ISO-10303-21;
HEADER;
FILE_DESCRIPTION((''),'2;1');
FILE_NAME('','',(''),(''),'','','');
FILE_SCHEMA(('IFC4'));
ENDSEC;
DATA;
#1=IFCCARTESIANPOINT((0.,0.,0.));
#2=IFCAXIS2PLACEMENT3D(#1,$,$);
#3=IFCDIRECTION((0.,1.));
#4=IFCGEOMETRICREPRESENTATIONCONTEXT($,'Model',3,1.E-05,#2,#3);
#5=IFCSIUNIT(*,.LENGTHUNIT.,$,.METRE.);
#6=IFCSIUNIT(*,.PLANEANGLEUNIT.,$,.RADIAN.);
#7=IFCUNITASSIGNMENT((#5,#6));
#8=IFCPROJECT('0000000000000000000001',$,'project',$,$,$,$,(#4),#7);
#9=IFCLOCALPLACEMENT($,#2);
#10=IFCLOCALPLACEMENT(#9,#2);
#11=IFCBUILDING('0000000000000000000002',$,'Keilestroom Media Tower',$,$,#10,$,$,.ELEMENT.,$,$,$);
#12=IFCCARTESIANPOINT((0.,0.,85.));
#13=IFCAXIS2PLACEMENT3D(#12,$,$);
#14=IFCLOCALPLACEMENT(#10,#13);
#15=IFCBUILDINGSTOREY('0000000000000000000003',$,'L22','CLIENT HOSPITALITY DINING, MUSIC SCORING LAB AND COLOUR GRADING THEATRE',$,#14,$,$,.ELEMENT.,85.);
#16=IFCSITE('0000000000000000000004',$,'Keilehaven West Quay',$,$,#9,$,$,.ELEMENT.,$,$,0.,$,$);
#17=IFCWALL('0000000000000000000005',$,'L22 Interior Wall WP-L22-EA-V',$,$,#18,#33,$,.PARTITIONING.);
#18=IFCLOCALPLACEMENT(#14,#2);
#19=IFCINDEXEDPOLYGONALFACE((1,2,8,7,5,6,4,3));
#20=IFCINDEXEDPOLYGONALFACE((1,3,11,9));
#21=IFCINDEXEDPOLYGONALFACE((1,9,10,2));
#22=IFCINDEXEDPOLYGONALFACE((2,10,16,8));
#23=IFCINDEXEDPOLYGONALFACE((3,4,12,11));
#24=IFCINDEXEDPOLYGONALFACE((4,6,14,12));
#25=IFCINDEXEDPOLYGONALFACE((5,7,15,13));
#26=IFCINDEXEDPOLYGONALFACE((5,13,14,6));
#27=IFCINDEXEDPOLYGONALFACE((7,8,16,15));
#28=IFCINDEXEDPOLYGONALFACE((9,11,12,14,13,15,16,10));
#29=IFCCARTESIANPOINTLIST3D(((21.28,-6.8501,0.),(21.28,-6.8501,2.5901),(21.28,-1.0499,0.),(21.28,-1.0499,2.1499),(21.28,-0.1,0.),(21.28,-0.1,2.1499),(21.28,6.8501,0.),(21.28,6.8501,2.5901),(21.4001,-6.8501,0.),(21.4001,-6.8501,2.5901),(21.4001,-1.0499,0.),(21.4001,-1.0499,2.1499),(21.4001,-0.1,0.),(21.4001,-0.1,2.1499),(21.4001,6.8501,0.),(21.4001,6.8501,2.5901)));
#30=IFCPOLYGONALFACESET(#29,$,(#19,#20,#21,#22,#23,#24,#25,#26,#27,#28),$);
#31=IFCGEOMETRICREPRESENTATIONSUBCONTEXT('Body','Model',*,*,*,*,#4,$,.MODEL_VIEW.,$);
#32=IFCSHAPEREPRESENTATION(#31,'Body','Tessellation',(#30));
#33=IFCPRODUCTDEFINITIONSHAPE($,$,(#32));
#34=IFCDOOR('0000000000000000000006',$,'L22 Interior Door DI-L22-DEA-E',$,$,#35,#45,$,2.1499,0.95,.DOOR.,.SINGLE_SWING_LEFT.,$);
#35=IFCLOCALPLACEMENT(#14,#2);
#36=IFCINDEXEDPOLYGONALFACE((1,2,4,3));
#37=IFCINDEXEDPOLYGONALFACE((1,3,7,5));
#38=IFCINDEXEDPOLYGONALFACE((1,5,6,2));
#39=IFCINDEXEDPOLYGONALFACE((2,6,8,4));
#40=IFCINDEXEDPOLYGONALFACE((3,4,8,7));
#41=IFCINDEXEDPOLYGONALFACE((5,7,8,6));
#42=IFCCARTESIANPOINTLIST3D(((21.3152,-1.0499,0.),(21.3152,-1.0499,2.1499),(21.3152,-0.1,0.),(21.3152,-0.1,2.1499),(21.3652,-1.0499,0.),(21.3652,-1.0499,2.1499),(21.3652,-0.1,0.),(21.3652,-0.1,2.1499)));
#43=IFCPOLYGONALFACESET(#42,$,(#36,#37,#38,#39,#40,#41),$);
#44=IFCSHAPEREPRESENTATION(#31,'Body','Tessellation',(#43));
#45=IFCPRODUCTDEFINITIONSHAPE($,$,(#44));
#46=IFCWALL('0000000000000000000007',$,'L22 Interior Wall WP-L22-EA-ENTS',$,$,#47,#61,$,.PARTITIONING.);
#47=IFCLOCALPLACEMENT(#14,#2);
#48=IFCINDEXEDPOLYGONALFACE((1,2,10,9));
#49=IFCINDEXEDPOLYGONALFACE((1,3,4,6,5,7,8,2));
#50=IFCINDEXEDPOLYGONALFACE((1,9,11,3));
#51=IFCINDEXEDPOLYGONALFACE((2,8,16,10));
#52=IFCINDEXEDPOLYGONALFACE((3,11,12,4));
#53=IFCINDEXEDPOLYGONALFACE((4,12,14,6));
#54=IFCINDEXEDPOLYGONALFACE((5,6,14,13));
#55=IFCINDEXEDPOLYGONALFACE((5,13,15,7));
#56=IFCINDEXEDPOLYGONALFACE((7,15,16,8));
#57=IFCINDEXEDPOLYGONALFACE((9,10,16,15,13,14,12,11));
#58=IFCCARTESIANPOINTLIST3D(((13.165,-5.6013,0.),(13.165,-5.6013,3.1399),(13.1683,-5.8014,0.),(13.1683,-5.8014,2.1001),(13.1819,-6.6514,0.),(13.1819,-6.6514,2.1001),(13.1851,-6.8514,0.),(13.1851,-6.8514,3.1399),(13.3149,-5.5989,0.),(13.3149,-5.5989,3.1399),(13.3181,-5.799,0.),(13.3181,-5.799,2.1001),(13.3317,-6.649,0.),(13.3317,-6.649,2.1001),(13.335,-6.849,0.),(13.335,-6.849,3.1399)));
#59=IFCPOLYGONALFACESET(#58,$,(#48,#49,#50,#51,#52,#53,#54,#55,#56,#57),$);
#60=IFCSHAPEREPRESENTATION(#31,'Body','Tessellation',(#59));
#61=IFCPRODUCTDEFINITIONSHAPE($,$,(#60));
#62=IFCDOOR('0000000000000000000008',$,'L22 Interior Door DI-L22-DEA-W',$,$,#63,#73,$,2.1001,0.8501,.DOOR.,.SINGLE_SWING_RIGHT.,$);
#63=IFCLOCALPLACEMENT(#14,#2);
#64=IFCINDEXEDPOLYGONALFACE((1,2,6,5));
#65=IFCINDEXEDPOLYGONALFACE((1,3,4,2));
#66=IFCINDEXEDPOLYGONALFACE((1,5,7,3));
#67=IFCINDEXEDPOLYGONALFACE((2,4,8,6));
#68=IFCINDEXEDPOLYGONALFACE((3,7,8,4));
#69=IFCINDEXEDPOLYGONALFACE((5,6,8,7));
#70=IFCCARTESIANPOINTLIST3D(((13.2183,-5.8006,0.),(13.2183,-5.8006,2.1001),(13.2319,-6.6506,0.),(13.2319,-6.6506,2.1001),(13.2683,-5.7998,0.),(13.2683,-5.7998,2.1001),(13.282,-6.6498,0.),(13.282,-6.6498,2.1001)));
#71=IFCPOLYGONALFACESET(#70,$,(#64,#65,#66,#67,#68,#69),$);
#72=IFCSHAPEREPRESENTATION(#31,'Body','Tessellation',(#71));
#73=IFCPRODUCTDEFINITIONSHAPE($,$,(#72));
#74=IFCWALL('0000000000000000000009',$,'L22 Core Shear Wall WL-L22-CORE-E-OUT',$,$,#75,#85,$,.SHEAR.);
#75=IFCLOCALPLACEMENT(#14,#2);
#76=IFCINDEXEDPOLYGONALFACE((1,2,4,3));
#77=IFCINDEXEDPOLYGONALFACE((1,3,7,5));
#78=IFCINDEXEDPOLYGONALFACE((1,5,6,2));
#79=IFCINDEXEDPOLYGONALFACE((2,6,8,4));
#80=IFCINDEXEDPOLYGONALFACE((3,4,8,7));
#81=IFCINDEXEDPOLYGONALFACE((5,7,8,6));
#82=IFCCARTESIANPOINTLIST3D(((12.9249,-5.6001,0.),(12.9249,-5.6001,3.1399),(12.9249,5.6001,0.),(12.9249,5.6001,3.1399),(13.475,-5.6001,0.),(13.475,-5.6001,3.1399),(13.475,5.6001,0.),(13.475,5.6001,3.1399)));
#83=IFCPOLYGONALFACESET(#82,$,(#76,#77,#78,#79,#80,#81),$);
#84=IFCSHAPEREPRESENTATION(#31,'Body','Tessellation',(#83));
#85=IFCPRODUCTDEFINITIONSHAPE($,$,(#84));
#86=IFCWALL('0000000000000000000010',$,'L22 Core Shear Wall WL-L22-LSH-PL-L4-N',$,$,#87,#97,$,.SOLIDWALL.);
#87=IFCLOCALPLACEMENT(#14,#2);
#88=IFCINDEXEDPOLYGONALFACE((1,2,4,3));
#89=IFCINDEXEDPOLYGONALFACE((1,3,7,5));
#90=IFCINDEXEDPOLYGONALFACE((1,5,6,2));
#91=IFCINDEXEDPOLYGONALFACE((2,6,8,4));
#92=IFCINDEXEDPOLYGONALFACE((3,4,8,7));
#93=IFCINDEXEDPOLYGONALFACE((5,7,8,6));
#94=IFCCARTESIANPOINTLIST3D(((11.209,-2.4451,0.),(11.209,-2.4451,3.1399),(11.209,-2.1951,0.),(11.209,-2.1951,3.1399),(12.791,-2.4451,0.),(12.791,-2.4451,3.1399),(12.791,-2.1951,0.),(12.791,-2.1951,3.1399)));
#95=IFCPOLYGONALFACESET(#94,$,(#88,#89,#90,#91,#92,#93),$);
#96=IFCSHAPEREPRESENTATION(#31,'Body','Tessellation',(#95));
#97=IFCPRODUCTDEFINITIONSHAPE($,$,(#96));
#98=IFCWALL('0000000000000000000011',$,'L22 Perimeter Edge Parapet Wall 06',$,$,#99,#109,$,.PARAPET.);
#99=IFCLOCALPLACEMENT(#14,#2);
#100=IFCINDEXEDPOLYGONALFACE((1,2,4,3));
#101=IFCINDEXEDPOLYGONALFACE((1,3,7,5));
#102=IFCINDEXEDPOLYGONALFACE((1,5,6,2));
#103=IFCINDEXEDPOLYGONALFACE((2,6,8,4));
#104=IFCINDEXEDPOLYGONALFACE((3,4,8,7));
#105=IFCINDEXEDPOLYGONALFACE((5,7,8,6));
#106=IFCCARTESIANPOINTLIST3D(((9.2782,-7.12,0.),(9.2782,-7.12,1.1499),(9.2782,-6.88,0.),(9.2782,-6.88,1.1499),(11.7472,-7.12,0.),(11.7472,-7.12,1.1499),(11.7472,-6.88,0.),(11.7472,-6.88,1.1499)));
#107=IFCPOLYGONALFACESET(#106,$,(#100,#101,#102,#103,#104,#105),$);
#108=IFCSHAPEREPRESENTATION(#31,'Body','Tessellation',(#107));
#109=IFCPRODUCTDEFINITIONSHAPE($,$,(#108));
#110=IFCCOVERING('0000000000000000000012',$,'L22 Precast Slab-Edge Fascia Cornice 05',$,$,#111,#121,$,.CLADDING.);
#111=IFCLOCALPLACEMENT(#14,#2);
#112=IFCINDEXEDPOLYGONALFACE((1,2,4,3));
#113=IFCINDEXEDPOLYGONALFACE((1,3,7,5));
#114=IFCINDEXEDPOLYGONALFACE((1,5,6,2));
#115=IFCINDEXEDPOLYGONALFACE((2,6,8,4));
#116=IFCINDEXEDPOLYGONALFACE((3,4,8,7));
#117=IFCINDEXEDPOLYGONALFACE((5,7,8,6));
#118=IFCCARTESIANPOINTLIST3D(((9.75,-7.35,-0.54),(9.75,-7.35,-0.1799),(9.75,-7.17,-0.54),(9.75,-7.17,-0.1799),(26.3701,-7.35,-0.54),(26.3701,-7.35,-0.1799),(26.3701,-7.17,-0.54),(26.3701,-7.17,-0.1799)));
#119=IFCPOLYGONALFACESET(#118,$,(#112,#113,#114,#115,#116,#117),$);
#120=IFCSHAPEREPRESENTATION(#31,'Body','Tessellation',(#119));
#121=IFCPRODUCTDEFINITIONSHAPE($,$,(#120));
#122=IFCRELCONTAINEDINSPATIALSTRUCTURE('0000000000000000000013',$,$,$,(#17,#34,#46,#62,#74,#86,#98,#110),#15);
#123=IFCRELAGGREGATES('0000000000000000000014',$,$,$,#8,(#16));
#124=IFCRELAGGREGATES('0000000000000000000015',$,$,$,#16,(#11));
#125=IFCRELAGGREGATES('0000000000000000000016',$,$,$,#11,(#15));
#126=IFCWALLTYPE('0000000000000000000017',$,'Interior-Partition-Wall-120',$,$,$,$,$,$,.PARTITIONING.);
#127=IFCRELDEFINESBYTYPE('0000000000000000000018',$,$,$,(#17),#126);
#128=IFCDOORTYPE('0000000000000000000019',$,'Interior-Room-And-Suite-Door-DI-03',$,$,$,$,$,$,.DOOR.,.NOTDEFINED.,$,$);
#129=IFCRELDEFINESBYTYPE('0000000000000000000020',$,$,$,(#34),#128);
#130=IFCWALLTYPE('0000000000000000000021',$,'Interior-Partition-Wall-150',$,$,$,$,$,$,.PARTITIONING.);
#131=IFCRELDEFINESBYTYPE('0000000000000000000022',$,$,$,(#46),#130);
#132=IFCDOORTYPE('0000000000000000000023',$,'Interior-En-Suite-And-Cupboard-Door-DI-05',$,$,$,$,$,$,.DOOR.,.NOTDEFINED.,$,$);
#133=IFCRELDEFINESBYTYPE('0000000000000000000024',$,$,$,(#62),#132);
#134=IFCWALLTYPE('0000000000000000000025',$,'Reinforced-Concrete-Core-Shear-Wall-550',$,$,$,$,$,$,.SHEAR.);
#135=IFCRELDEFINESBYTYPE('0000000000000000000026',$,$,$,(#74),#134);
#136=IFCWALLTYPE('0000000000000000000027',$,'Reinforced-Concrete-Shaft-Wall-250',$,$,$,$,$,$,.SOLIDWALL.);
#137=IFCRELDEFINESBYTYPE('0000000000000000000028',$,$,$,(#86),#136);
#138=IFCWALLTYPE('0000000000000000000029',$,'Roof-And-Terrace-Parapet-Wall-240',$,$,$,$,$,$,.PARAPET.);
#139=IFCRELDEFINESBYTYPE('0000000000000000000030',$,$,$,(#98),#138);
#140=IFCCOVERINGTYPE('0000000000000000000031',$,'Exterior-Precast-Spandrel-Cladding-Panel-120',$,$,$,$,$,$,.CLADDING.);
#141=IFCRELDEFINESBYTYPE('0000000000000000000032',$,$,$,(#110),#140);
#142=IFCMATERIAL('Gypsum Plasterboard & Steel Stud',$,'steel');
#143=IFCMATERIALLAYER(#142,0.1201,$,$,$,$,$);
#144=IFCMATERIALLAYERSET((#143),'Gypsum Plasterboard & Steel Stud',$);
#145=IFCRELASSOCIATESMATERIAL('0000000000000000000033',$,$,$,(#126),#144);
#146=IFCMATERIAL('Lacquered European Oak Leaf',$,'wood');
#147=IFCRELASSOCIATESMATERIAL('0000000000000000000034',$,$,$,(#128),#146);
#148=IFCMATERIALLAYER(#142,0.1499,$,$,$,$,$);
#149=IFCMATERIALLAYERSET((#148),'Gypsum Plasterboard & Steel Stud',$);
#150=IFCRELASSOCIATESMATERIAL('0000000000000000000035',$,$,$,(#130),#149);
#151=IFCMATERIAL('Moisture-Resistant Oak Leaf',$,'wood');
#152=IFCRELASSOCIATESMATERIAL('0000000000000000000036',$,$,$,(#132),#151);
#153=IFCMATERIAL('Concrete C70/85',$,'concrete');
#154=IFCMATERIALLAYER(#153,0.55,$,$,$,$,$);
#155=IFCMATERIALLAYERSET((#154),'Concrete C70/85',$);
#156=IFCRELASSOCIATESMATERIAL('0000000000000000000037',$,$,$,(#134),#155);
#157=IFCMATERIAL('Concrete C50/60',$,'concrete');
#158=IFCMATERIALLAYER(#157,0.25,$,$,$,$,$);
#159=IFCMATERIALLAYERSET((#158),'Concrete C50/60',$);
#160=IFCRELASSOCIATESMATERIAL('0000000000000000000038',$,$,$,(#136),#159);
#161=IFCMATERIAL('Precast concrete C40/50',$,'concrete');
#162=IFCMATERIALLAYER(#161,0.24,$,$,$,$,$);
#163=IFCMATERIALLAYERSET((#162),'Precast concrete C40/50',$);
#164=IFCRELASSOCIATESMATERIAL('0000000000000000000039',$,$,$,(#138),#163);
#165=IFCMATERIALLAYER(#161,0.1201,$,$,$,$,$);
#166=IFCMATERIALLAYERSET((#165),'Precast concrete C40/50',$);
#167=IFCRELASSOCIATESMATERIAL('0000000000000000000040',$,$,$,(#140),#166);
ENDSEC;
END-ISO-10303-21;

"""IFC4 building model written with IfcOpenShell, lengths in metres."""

from ifc_helpers import new_model, si_unit, direction, frame, frame_2d, origin, origin_2d, place, context, subcontext, project, spatial, rectangle, extrude, source, transform, mapped, material, layer, layer_set, type_object, element, fill, save


model = new_model("IFC4")

# Units and contexts
model_context = context("Model", 3, precision=1e-05, world=origin(), true_north=direction((0.0, 1.0)))
body_context = subcontext(model_context, "Body", "Model", "MODEL_VIEW")
ifc_project = project(units=[si_unit("LENGTHUNIT", "METRE"), si_unit("PLANEANGLEUNIT", "RADIAN")], contexts=[model_context])

# Site, building, storey
site_placement = place(None, origin())
site = spatial("IfcSite", under=ifc_project, at=site_placement, Name="Keilehaven West Quay", CompositionType="ELEMENT", RefElevation=0.0)
building_placement = place(site_placement, origin())
building = spatial("IfcBuilding", under=site, at=building_placement, Name="Keilestroom Media Tower", CompositionType="ELEMENT")
storey_placement = place(building_placement, frame((0.0, 0.0, 85.0)))
storey = spatial("IfcBuildingStorey", under=building, at=storey_placement, Name="L22", Description="CLIENT HOSPITALITY DINING, MUSIC SCORING LAB AND COLOUR GRADING THEATRE", CompositionType="ELEMENT", Elevation=85.0)

# Shared definitions
ifc_material_1 = material(Name="Precast concrete C40/50", Category="concrete")

# Walls, openings, doors
ifc_material_2 = material(Name="Gypsum Plasterboard & Steel Stud", Category="steel")
ifc_layer_1 = layer(ifc_material_2, 0.1201)
ifc_layer_set_1 = layer_set([ifc_layer_1], Name="Gypsum Plasterboard & Steel Stud")
wall_type_1 = type_object("IfcWallType", Name="Interior-Partition-Wall-120", PredefinedType="PARTITIONING", material=ifc_layer_set_1)
wall_1_placement = place(storey_placement, frame((21.3401, -6.8501, 0.0), z_axis=(0.0, 0.0, 1.0), x_axis=(0.0, 1.0, 0.0)))
wall_1 = element("IfcWall", 1, at=wall_1_placement, inside=storey, type_object=wall_type_1, Name="L22 Interior Wall WP-L22-EA-V", PredefinedType="PARTITIONING", context=body_context, shape_type="SweptSolid", body=[
    extrude(rectangle(XDim=13.7002, YDim=0.1201, at=frame_2d((6.8501, 0.0))), origin(), (0.0, 0.0, 1.0), 2.5901),
])
opening_1_placement = place(wall_1_placement, frame((5.8, 0.0, 0.0)))
opening_1 = element("IfcOpeningElement", 2, at=opening_1_placement, cuts=wall_1, PredefinedType="OPENING", context=body_context, shape_type="SweptSolid", body=[
    extrude(rectangle(XDim=0.95, YDim=2.1499, at=frame_2d((0.4751, 1.075))), frame((0.0, 0.0701, 0.0), z_axis=(0.0, -1.0, 0.0), x_axis=(1.0, 0.0, 0.0)), (0.0, 0.0, 1.0), 0.1401),
])
ifc_material_3 = material(Name="Lacquered European Oak Leaf", Category="wood")
door_type_1 = type_object("IfcDoorType", Name="Interior-Room-And-Suite-Door-DI-03", OperationType="NOTDEFINED", PredefinedType="DOOR", material=ifc_material_3)
shared_shape_1 = source(origin(), body_context, "Body", "SweptSolid", [
    extrude(rectangle(XDim=0.95, YDim=2.1499, at=frame_2d((0.4751, 1.075))), frame((0.0, 0.0249, 0.0), z_axis=(0.0, -1.0, 0.0), x_axis=(1.0, 0.0, 0.0)), (0.0, 0.0, 1.0), 0.05),
])
door_1_placement = place(opening_1_placement, origin())
door_1 = element("IfcDoor", 3, at=door_1_placement, inside=storey, type_object=door_type_1, Name="L22 Interior Door DI-L22-DEA-E", OperationType="SINGLE_SWING_LEFT", OverallHeight=2.1499, OverallWidth=0.95, PredefinedType="DOOR", context=body_context, shape_type="MappedRepresentation", body=[
    mapped(shared_shape_1, transform((0.0, 0.0, 0.0), x_axis=(1.0, 0.0, 0.0), y_axis=(0.0, 1.0, 0.0), z_axis=(0.0, 0.0, 1.0), scale=1.0)),
])
fill(opening_1, door_1)
ifc_layer_2 = layer(ifc_material_2, 0.1499)
ifc_layer_set_2 = layer_set([ifc_layer_2], Name="Gypsum Plasterboard & Steel Stud")
wall_type_2 = type_object("IfcWallType", Name="Interior-Partition-Wall-150", PredefinedType="PARTITIONING", material=ifc_layer_set_2)
wall_2_placement = place(storey_placement, frame((13.26, -6.8501, 0.0), z_axis=(0.0, 0.0, 1.0), x_axis=(-0.016014, 0.999872, 0.0)))
wall_2 = element("IfcWall", 4, at=wall_2_placement, inside=storey, type_object=wall_type_2, Name="L22 Interior Wall WP-L22-EA-ENTS", PredefinedType="PARTITIONING", context=body_context, shape_type="SweptSolid", body=[
    extrude(rectangle(XDim=1.2502, YDim=0.1499, at=frame_2d((0.625, 0.0))), origin(), (0.0, 0.0, 1.0), 3.1399),
])
opening_2_placement = place(wall_2_placement, frame((0.2, 0.0, 0.0)))
opening_2 = element("IfcOpeningElement", 5, at=opening_2_placement, cuts=wall_2, PredefinedType="OPENING", context=body_context, shape_type="SweptSolid", body=[
    extrude(rectangle(XDim=0.8501, YDim=2.1001, at=frame_2d((0.425, 1.05))), frame((0.0, 0.085, 0.0), z_axis=(0.0, -1.0, 0.0), x_axis=(1.0, 0.0, 0.0)), (0.0, 0.0, 1.0), 0.1699),
])
ifc_material_4 = material(Name="Moisture-Resistant Oak Leaf", Category="wood")
door_type_2 = type_object("IfcDoorType", Name="Interior-En-Suite-And-Cupboard-Door-DI-05", OperationType="NOTDEFINED", PredefinedType="DOOR", material=ifc_material_4)
shared_shape_2 = source(origin(), body_context, "Body", "SweptSolid", [
    extrude(rectangle(XDim=0.8501, YDim=2.1001, at=frame_2d((0.425, 1.05))), frame((0.0, 0.0249, 0.0), z_axis=(0.0, -1.0, 0.0), x_axis=(1.0, 0.0, 0.0)), (0.0, 0.0, 1.0), 0.05),
])
door_2_placement = place(opening_2_placement, origin())
door_2 = element("IfcDoor", 6, at=door_2_placement, inside=storey, type_object=door_type_2, Name="L22 Interior Door DI-L22-DEA-W", OperationType="SINGLE_SWING_RIGHT", OverallHeight=2.1001, OverallWidth=0.8501, PredefinedType="DOOR", context=body_context, shape_type="MappedRepresentation", body=[
    mapped(shared_shape_2, transform((0.0, 0.0, 0.0), x_axis=(1.0, 0.0, 0.0), y_axis=(0.0, 1.0, 0.0), z_axis=(0.0, 0.0, 1.0), scale=1.0)),
])
fill(opening_2, door_2)

# Walls
ifc_material_5 = material(Name="Concrete C70/85", Category="concrete")
ifc_layer_3 = layer(ifc_material_5, 0.55)
ifc_layer_set_3 = layer_set([ifc_layer_3], Name="Concrete C70/85")
wall_type_3 = type_object("IfcWallType", Name="Reinforced-Concrete-Core-Shear-Wall-550", PredefinedType="SHEAR", material=ifc_layer_set_3)
wall_3_placement = place(storey_placement, frame((13.2, -5.6001, 0.0), z_axis=(0.0, 0.0, 1.0), x_axis=(0.0, 1.0, 0.0)))
element("IfcWall", 7, at=wall_3_placement, inside=storey, type_object=wall_type_3, Name="L22 Core Shear Wall WL-L22-CORE-E-OUT", PredefinedType="SHEAR", context=body_context, shape_type="SweptSolid", body=[
    extrude(rectangle(XDim=11.2002, YDim=0.55, at=frame_2d((5.6001, 0.0))), origin(), (0.0, 0.0, 1.0), 3.1399),
])
ifc_material_6 = material(Name="Concrete C50/60", Category="concrete")
ifc_layer_4 = layer(ifc_material_6, 0.25)
ifc_layer_set_4 = layer_set([ifc_layer_4], Name="Concrete C50/60")
wall_type_4 = type_object("IfcWallType", Name="Reinforced-Concrete-Shaft-Wall-250", PredefinedType="SOLIDWALL", material=ifc_layer_set_4)
wall_4_placement = place(storey_placement, frame((11.209, -2.3201, 0.0), z_axis=(0.0, 0.0, 1.0), x_axis=(1.0, 0.0, 0.0)))
element("IfcWall", 8, at=wall_4_placement, inside=storey, type_object=wall_type_4, Name="L22 Core Shear Wall WL-L22-LSH-PL-L4-N", PredefinedType="SOLIDWALL", context=body_context, shape_type="SweptSolid", body=[
    extrude(rectangle(XDim=1.582, YDim=0.25, at=frame_2d((0.791, 0.0))), origin(), (0.0, 0.0, 1.0), 3.1399),
])
ifc_layer_5 = layer(ifc_material_1, 0.24)
ifc_layer_set_5 = layer_set([ifc_layer_5], Name="Precast concrete C40/50")
wall_type_5 = type_object("IfcWallType", Name="Roof-And-Terrace-Parapet-Wall-240", PredefinedType="PARAPET", material=ifc_layer_set_5)
wall_5_placement = place(storey_placement, frame((11.7471, -7.0, 0.0), z_axis=(0.0, 0.0, 1.0), x_axis=(-1.0, 0.0, 0.0)))
element("IfcWall", 9, at=wall_5_placement, inside=storey, type_object=wall_type_5, Name="L22 Perimeter Edge Parapet Wall 06", PredefinedType="PARAPET", context=body_context, shape_type="SweptSolid", body=[
    extrude(rectangle(XDim=2.469, YDim=0.24, at=frame_2d((1.2344, 0.0))), origin(), (0.0, 0.0, 1.0), 1.1499),
])

# Covering
ifc_layer_6 = layer(ifc_material_1, 0.1201)
ifc_layer_set_6 = layer_set([ifc_layer_6], Name="Precast concrete C40/50")
covering_type = type_object("IfcCoveringType", Name="Exterior-Precast-Spandrel-Cladding-Panel-120", PredefinedType="CLADDING", material=ifc_layer_set_6)
shared_shape_3 = source(origin(), body_context, "Body", "SweptSolid", [
    extrude(rectangle(XDim=16.6201, YDim=0.1799, at=origin_2d()), origin(), (0.0, 0.0, 1.0), 0.3601),
])
covering_placement = place(storey_placement, frame((18.0601, -7.26, -0.54), z_axis=(0.0, 0.0, 1.0), x_axis=(-1.0, 0.0, 0.0)))
element("IfcCovering", 10, at=covering_placement, inside=storey, type_object=covering_type, Name="L22 Precast Slab-Edge Fascia Cornice 05", PredefinedType="CLADDING", context=body_context, shape_type="MappedRepresentation", body=[
    mapped(shared_shape_3, transform((0.0, 0.0, 0.0), x_axis=(1.0, 0.0, 0.0), y_axis=(0.0, 1.0, 0.0), z_axis=(0.0, 0.0, 1.0), scale=1.0)),
])

save(model, "model.ifc")
